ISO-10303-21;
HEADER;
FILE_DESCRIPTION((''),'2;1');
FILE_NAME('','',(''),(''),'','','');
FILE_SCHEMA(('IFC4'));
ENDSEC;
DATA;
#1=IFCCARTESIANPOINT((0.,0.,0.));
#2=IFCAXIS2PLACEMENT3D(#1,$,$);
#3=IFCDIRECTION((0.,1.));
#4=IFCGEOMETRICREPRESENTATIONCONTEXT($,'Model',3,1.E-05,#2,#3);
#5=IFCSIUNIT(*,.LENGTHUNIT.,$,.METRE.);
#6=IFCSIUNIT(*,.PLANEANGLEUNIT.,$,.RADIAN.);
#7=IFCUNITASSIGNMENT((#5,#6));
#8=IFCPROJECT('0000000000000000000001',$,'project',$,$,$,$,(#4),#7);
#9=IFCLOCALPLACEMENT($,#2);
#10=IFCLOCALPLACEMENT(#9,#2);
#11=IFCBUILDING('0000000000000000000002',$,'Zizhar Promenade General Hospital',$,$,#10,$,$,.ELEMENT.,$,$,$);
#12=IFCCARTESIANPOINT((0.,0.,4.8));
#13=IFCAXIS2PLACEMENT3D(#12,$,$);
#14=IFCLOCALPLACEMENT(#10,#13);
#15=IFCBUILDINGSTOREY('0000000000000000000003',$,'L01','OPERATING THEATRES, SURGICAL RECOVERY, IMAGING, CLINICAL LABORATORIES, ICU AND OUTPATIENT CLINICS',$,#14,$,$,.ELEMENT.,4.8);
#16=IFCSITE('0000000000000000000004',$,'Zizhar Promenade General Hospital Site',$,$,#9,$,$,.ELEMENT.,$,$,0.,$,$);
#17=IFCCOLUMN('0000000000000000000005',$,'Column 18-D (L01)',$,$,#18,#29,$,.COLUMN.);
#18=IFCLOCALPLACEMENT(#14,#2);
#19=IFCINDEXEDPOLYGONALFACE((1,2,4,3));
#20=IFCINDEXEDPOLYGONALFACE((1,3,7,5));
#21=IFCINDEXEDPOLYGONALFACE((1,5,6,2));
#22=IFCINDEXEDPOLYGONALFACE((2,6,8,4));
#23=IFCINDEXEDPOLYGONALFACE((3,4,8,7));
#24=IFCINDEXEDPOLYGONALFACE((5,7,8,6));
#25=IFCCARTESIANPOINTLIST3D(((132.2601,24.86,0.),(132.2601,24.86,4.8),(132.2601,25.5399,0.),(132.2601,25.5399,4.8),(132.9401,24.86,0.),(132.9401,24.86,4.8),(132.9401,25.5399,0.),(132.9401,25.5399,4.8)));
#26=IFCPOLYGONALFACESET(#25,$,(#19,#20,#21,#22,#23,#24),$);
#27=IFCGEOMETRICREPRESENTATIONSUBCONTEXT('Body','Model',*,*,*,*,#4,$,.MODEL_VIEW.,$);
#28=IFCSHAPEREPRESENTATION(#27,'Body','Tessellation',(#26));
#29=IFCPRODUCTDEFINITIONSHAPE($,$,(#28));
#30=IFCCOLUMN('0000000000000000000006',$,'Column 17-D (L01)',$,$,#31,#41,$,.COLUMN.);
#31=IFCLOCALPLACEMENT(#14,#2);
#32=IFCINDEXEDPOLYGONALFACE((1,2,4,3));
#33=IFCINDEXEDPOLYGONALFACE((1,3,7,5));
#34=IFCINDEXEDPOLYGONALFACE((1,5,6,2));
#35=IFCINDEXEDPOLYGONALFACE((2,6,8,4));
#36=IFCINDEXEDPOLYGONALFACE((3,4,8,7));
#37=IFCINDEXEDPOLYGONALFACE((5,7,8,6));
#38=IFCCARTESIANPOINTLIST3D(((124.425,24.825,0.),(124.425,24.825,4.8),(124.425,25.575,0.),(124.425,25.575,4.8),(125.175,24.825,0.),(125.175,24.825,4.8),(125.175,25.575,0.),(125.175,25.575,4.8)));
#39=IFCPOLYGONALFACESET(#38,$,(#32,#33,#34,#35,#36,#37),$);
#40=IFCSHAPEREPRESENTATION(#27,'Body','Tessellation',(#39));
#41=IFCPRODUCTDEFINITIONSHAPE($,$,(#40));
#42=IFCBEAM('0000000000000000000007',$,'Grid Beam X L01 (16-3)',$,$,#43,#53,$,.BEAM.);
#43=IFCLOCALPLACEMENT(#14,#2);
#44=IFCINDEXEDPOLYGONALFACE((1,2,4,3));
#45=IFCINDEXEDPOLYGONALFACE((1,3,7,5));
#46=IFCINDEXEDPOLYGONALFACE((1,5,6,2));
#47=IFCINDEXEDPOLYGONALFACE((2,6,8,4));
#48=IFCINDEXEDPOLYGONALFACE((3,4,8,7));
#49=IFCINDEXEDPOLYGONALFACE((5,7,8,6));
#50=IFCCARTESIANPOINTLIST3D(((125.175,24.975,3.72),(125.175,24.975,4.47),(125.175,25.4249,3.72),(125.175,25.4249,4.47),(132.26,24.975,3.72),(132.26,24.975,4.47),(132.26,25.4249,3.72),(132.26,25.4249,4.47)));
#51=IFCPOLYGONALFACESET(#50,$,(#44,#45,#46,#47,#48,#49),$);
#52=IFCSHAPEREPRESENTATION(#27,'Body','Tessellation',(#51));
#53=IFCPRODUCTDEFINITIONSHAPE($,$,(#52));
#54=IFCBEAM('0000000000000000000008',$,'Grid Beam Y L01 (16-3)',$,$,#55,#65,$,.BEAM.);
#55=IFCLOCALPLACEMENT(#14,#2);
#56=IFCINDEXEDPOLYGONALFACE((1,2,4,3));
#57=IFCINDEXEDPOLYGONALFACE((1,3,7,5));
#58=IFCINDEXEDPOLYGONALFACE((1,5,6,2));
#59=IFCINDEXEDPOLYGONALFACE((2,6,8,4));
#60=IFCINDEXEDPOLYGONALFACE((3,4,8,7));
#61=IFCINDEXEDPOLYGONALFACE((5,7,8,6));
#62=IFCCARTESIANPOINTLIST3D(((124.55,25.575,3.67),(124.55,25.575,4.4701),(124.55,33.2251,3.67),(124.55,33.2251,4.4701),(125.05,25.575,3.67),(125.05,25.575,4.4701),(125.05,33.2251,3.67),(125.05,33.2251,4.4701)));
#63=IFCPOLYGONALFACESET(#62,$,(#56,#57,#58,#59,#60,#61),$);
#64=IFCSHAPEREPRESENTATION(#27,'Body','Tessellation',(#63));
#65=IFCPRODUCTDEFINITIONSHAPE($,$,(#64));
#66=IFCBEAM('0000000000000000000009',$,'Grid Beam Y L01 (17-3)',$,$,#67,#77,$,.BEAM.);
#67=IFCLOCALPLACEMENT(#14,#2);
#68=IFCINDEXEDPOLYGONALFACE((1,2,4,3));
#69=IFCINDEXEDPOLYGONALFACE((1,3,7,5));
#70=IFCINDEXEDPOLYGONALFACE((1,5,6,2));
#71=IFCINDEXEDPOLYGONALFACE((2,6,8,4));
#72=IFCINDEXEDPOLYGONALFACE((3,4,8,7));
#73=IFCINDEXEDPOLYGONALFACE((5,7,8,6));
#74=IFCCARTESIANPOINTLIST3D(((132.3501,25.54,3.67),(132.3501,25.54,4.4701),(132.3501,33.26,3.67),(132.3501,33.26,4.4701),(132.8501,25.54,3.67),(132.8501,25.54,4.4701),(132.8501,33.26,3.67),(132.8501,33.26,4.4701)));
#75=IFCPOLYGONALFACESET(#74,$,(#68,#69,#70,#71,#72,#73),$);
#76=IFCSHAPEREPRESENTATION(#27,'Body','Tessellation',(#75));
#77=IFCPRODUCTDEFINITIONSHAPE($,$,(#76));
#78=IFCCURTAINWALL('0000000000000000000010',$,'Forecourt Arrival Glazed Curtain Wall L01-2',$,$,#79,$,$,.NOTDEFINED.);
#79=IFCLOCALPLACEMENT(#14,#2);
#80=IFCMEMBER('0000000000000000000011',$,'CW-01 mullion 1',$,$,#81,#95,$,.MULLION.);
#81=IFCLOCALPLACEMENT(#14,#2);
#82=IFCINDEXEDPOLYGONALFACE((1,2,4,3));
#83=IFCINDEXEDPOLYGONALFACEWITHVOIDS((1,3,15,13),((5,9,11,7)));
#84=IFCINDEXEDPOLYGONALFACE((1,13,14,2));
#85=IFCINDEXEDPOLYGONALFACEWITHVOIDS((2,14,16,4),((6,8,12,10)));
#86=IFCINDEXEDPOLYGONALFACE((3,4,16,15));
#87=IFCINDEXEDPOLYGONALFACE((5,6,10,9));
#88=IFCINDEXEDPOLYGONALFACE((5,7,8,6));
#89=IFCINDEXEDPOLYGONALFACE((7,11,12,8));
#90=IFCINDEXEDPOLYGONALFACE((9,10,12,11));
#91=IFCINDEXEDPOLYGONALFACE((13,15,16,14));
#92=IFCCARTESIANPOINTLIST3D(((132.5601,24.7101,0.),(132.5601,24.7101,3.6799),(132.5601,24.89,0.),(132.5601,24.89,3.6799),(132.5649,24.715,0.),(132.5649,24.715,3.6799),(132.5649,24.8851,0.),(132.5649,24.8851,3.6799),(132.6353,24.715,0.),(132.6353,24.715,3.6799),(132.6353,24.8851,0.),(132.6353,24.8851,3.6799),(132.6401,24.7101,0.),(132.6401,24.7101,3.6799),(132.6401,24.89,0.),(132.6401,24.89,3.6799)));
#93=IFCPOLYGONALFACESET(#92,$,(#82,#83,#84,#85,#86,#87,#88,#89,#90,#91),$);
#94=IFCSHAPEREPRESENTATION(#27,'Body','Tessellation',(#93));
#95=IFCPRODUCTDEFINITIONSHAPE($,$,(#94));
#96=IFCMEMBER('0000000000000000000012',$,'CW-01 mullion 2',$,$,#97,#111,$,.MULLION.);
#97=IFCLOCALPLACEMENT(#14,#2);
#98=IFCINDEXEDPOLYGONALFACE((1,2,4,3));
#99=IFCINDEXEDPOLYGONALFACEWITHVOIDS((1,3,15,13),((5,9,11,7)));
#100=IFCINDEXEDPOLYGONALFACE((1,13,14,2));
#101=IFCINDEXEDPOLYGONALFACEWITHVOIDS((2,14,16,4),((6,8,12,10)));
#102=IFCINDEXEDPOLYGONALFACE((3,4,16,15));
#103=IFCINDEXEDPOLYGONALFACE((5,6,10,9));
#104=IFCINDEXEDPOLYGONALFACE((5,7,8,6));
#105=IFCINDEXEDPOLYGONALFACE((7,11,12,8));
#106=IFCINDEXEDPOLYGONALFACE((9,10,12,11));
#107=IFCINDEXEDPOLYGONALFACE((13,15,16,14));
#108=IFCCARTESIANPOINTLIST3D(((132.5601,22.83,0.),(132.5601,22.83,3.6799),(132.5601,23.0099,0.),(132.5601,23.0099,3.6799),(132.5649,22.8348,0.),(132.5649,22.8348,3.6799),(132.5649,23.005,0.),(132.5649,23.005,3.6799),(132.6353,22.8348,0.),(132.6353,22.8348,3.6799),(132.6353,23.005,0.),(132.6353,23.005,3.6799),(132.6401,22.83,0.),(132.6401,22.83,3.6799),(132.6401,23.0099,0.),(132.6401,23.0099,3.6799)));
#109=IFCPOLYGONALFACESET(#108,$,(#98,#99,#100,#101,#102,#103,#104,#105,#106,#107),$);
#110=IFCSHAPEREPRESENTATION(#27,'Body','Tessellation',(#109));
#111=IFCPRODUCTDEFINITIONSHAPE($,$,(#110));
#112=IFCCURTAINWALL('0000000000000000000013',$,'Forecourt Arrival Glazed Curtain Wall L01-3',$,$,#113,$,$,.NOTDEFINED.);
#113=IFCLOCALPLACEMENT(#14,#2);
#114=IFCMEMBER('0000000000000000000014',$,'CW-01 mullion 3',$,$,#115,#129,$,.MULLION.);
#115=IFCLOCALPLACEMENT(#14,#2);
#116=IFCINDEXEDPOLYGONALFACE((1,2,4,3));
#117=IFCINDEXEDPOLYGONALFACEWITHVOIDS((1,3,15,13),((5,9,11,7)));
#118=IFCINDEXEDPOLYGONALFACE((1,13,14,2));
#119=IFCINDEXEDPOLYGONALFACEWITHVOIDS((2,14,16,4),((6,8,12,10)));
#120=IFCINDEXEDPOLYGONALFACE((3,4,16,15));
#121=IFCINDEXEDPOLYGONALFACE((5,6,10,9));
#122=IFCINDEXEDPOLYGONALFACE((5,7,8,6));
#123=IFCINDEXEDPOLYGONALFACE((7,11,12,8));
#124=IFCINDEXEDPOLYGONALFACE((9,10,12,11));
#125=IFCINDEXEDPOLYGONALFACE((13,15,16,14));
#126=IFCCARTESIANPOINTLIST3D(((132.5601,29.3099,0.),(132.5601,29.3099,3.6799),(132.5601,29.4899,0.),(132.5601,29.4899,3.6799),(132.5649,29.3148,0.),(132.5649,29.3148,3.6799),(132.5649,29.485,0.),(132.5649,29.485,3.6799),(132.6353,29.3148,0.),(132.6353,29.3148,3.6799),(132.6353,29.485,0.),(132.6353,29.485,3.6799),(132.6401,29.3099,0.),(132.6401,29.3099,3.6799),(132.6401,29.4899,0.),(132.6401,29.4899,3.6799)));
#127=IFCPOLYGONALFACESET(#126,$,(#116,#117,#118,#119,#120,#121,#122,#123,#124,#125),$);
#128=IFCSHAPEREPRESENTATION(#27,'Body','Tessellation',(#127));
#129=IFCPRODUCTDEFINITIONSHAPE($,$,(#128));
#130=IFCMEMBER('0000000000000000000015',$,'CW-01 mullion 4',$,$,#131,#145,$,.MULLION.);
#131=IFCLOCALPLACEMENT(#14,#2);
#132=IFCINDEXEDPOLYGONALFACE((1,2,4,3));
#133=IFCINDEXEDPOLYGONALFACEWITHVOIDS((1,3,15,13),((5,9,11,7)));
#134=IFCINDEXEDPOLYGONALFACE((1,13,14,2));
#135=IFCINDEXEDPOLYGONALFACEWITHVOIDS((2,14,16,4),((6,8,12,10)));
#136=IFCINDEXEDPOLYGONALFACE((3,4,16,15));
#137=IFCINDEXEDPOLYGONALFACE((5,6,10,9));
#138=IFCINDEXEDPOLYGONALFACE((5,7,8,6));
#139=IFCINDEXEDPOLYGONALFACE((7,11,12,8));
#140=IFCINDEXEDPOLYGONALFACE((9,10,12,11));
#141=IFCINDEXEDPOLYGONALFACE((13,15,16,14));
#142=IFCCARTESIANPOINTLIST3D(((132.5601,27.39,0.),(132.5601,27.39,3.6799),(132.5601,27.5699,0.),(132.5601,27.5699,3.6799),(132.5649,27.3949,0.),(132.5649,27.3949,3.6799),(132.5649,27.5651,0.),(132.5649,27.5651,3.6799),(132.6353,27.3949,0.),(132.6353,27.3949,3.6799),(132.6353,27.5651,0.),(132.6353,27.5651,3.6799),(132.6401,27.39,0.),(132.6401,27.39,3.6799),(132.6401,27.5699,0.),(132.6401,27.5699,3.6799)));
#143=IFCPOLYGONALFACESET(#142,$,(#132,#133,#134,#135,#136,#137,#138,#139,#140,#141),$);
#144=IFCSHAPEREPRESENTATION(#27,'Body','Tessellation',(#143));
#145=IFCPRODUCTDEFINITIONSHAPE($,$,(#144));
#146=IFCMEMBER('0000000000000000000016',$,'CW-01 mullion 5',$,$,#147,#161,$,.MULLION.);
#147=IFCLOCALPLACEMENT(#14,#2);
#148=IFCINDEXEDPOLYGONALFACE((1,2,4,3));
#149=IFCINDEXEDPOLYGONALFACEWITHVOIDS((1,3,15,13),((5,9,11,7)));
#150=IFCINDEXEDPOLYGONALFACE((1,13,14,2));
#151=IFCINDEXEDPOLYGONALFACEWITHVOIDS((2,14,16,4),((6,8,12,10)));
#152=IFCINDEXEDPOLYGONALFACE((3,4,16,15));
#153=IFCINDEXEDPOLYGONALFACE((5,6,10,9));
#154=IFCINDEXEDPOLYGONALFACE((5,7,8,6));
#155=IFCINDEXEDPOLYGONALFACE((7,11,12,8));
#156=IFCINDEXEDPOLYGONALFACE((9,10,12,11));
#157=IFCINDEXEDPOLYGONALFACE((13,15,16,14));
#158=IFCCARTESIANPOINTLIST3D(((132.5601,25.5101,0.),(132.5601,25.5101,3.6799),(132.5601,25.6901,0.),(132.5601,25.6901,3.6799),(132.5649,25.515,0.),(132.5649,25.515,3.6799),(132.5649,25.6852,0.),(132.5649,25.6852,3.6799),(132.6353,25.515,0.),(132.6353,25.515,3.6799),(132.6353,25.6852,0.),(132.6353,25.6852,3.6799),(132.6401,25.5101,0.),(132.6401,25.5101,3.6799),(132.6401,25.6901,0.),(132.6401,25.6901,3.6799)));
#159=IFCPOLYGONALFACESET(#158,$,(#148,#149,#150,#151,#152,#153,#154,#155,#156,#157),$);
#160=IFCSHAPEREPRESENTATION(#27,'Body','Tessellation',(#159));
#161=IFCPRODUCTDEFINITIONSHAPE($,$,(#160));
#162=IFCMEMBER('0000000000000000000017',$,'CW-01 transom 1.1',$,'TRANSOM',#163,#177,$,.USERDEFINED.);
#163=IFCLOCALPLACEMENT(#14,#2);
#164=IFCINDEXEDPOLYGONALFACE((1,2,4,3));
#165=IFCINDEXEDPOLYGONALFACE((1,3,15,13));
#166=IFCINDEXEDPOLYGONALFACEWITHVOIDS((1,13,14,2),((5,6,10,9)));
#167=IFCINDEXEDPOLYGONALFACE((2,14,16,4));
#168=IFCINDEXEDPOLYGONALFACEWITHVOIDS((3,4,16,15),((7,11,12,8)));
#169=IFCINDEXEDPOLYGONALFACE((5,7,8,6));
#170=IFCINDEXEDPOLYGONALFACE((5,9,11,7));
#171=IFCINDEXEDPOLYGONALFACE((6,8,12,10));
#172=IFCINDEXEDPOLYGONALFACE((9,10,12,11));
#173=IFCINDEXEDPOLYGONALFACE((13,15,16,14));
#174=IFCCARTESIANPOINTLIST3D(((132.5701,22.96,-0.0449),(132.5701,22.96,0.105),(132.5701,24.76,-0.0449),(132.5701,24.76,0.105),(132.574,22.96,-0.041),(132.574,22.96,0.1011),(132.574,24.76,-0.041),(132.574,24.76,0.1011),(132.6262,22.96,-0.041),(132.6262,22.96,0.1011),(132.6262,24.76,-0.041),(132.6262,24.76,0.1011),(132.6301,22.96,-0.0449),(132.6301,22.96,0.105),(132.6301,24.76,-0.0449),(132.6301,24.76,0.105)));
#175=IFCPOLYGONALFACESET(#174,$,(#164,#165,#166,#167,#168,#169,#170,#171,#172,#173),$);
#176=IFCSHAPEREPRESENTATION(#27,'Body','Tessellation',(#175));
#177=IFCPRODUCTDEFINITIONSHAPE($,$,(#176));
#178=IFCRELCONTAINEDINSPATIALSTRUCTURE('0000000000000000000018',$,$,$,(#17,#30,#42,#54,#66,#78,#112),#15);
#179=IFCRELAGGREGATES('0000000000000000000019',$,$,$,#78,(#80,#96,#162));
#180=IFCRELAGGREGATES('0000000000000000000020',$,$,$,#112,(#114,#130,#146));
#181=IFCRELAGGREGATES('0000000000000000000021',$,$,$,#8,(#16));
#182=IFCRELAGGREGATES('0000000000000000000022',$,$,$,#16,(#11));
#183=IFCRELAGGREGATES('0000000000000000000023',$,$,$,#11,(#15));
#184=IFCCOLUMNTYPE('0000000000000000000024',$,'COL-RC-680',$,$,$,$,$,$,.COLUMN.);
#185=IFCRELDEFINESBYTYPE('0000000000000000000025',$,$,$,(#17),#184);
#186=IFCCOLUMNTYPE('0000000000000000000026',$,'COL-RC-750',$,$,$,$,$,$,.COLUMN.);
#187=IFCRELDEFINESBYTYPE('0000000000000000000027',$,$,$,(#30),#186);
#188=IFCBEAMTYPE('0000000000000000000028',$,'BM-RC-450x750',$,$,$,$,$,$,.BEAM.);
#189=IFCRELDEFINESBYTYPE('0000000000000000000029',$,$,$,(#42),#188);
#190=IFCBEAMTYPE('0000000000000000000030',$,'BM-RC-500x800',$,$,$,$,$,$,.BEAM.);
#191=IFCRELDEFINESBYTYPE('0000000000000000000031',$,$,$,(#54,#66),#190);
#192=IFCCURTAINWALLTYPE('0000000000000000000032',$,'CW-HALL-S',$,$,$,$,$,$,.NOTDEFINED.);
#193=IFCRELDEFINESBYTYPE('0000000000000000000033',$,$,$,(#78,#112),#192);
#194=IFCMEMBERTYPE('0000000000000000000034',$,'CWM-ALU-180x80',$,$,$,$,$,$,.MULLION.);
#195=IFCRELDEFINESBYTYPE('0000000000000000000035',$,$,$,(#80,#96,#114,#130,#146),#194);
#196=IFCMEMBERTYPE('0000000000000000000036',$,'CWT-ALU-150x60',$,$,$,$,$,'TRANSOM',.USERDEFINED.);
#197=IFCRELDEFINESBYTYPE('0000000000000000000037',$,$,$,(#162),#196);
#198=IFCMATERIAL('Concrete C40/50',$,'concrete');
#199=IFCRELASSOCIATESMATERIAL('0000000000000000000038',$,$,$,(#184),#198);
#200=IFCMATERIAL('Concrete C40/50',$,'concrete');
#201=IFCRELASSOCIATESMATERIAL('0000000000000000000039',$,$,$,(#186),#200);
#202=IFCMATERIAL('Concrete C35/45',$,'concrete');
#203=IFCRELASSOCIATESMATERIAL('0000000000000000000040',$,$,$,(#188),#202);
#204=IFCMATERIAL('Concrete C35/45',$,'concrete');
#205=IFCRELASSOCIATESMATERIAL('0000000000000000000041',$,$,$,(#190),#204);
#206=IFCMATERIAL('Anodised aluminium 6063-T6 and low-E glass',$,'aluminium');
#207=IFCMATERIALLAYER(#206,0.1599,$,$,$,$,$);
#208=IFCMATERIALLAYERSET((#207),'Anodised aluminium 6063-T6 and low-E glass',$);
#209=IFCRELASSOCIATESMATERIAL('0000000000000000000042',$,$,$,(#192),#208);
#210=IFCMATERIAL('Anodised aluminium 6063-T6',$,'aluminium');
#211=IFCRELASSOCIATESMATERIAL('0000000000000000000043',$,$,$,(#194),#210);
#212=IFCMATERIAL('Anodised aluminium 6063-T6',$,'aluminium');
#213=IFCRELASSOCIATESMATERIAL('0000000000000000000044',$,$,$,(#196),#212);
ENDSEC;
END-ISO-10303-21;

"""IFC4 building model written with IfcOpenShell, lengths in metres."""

from ifc_helpers import new_model, si_unit, direction, frame, origin, origin_2d, place, context, subcontext, project, spatial, rectangle, hollow_rectangle, extrude, material, layer, layer_set, material_profile, profile_set, type_object, element, aggregate, save


model = new_model("IFC4")

# Units and contexts
model_context = context("Model", 3, precision=1e-05, world=origin(), true_north=direction((0.0, 1.0)))
body_context = subcontext(model_context, "Body", "Model", "MODEL_VIEW")
ifc_project = project(units=[si_unit("LENGTHUNIT", "METRE"), si_unit("PLANEANGLEUNIT", "RADIAN")], contexts=[model_context])

# Site, building, storey
site_placement = place(None, origin())
site = spatial("IfcSite", under=ifc_project, at=site_placement, Name="Zizhar Promenade General Hospital Site", CompositionType="ELEMENT", RefElevation=0.0)
building_placement = place(site_placement, origin())
building = spatial("IfcBuilding", under=site, at=building_placement, Name="Zizhar Promenade General Hospital", CompositionType="ELEMENT")
storey_placement = place(building_placement, frame((0.0, 0.0, 4.8)))
storey = spatial("IfcBuildingStorey", under=building, at=storey_placement, Name="L01", Description="OPERATING THEATRES, SURGICAL RECOVERY, IMAGING, CLINICAL LABORATORIES, ICU AND OUTPATIENT CLINICS", CompositionType="ELEMENT", Elevation=4.8)

# Columns
ifc_material_1 = material(Name="Concrete C40/50", Category="concrete")
ifc_material_profile_1 = material_profile(ifc_material_1, rectangle(XDim=0.6799, YDim=0.6799, at=origin_2d()))
ifc_profile_set_1 = profile_set([ifc_material_profile_1], Name="Concrete C40/50")
column_type_1 = type_object("IfcColumnType", Name="COL-RC-680", PredefinedType="COLUMN", material=ifc_profile_set_1)
column_1_placement = place(storey_placement, frame((132.6001, 25.2, 0.0), z_axis=(0.0, 0.0, 1.0), x_axis=(1.0, 0.0, 0.0)))
element("IfcColumn", 1, at=column_1_placement, inside=storey, type_object=column_type_1, Name="Column 18-D (L01)", PredefinedType="COLUMN", context=body_context, shape_type="SweptSolid", body=[
    extrude(rectangle(XDim=0.6799, YDim=0.6799, at=origin_2d()), origin(), (0.0, 0.0, 1.0), 4.8),
])
ifc_material_2 = material(Name="Concrete C40/50", Category="concrete")
ifc_material_profile_2 = material_profile(ifc_material_2, rectangle(XDim=0.75, YDim=0.75, at=origin_2d()))
ifc_profile_set_2 = profile_set([ifc_material_profile_2], Name="Concrete C40/50")
column_type_2 = type_object("IfcColumnType", Name="COL-RC-750", PredefinedType="COLUMN", material=ifc_profile_set_2)
column_2_placement = place(storey_placement, frame((124.8, 25.2, 0.0), z_axis=(0.0, 0.0, 1.0), x_axis=(1.0, 0.0, 0.0)))
element("IfcColumn", 2, at=column_2_placement, inside=storey, type_object=column_type_2, Name="Column 17-D (L01)", PredefinedType="COLUMN", context=body_context, shape_type="SweptSolid", body=[
    extrude(rectangle(XDim=0.75, YDim=0.75, at=origin_2d()), origin(), (0.0, 0.0, 1.0), 4.8),
])

# Beams
ifc_material_3 = material(Name="Concrete C35/45", Category="concrete")
ifc_material_profile_3 = material_profile(ifc_material_3, rectangle(XDim=0.45, YDim=0.75, at=origin_2d()))
ifc_profile_set_3 = profile_set([ifc_material_profile_3], Name="Concrete C35/45")
beam_type_1 = type_object("IfcBeamType", Name="BM-RC-450x750", PredefinedType="BEAM", material=ifc_profile_set_3)
beam_1_placement = place(storey_placement, frame((125.175, 25.2, 4.095), z_axis=(1.0, 0.0, 0.0), x_axis=(0.0, 1.0, 0.0)))
element("IfcBeam", 3, at=beam_1_placement, inside=storey, type_object=beam_type_1, Name="Grid Beam X L01 (16-3)", PredefinedType="BEAM", context=body_context, shape_type="SweptSolid", body=[
    extrude(rectangle(XDim=0.45, YDim=0.75, at=origin_2d()), origin(), (0.0, 0.0, 1.0), 7.085),
])
ifc_material_4 = material(Name="Concrete C35/45", Category="concrete")
ifc_material_profile_4 = material_profile(ifc_material_4, rectangle(XDim=0.5, YDim=0.8, at=origin_2d()))
ifc_profile_set_4 = profile_set([ifc_material_profile_4], Name="Concrete C35/45")
beam_type_2 = type_object("IfcBeamType", Name="BM-RC-500x800", PredefinedType="BEAM", material=ifc_profile_set_4)
beam_2_placement = place(storey_placement, frame((124.8, 25.575, 4.0701), z_axis=(0.0, 1.0, 0.0), x_axis=(-1.0, 0.0, 0.0)))
element("IfcBeam", 4, at=beam_2_placement, inside=storey, type_object=beam_type_2, Name="Grid Beam Y L01 (16-3)", PredefinedType="BEAM", context=body_context, shape_type="SweptSolid", body=[
    extrude(rectangle(XDim=0.5, YDim=0.8, at=origin_2d()), origin(), (0.0, 0.0, 1.0), 7.6501),
])
beam_3_placement = place(storey_placement, frame((132.6001, 25.54, 4.0701), z_axis=(0.0, 1.0, 0.0), x_axis=(-1.0, 0.0, 0.0)))
element("IfcBeam", 5, at=beam_3_placement, inside=storey, type_object=beam_type_2, Name="Grid Beam Y L01 (17-3)", PredefinedType="BEAM", context=body_context, shape_type="SweptSolid", body=[
    extrude(rectangle(XDim=0.5, YDim=0.8, at=origin_2d()), origin(), (0.0, 0.0, 1.0), 7.72),
])

# Curtain walls, members
ifc_material_5 = material(Name="Anodised aluminium 6063-T6 and low-E glass", Category="aluminium")
ifc_layer_1 = layer(ifc_material_5, 0.1599)
ifc_layer_set_1 = layer_set([ifc_layer_1], Name="Anodised aluminium 6063-T6 and low-E glass")
curtain_wall_type = type_object("IfcCurtainWallType", Name="CW-HALL-S", PredefinedType="NOTDEFINED", material=ifc_layer_set_1)
curtain_wall_1_placement = place(storey_placement, origin())
curtain_wall_1 = element("IfcCurtainWall", 6, at=curtain_wall_1_placement, inside=storey, type_object=curtain_wall_type, Name="Forecourt Arrival Glazed Curtain Wall L01-2", PredefinedType="NOTDEFINED")
ifc_material_6 = material(Name="Anodised aluminium 6063-T6", Category="aluminium")
ifc_material_profile_5 = material_profile(ifc_material_6, hollow_rectangle(XDim=0.0801, YDim=0.1799, WallThickness=0.0049, at=origin_2d()))
ifc_profile_set_5 = profile_set([ifc_material_profile_5], Name="Anodised aluminium 6063-T6")
member_type_1 = type_object("IfcMemberType", Name="CWM-ALU-180x80", PredefinedType="MULLION", material=ifc_profile_set_5)
member_1_placement = place(storey_placement, frame((132.6001, 24.8, 0.0), z_axis=(0.0, 0.0, 1.0), x_axis=(1.0, 0.0, 0.0)))
member_1 = element("IfcMember", 7, at=member_1_placement, type_object=member_type_1, Name="CW-01 mullion 1", PredefinedType="MULLION", context=body_context, shape_type="SweptSolid", body=[
    extrude(hollow_rectangle(XDim=0.0801, YDim=0.1799, WallThickness=0.0049, at=origin_2d()), origin(), (0.0, 0.0, 1.0), 3.6799),
])
member_2_placement = place(storey_placement, frame((132.6001, 22.9199, 0.0), z_axis=(0.0, 0.0, 1.0), x_axis=(1.0, 0.0, 0.0)))
member_2 = element("IfcMember", 8, at=member_2_placement, type_object=member_type_1, Name="CW-01 mullion 2", PredefinedType="MULLION", context=body_context, shape_type="SweptSolid", body=[
    extrude(hollow_rectangle(XDim=0.0801, YDim=0.1799, WallThickness=0.0049, at=origin_2d()), origin(), (0.0, 0.0, 1.0), 3.6799),
])
curtain_wall_2_placement = place(storey_placement, origin())
curtain_wall_2 = element("IfcCurtainWall", 9, at=curtain_wall_2_placement, inside=storey, type_object=curtain_wall_type, Name="Forecourt Arrival Glazed Curtain Wall L01-3", PredefinedType="NOTDEFINED")
member_3_placement = place(storey_placement, frame((132.6001, 29.3999, 0.0), z_axis=(0.0, 0.0, 1.0), x_axis=(1.0, 0.0, 0.0)))
member_3 = element("IfcMember", 10, at=member_3_placement, type_object=member_type_1, Name="CW-01 mullion 3", PredefinedType="MULLION", context=body_context, shape_type="SweptSolid", body=[
    extrude(hollow_rectangle(XDim=0.0801, YDim=0.1799, WallThickness=0.0049, at=origin_2d()), origin(), (0.0, 0.0, 1.0), 3.6799),
])
member_4_placement = place(storey_placement, frame((132.6001, 27.48, 0.0), z_axis=(0.0, 0.0, 1.0), x_axis=(1.0, 0.0, 0.0)))
member_4 = element("IfcMember", 11, at=member_4_placement, type_object=member_type_1, Name="CW-01 mullion 4", PredefinedType="MULLION", context=body_context, shape_type="SweptSolid", body=[
    extrude(hollow_rectangle(XDim=0.0801, YDim=0.1799, WallThickness=0.0049, at=origin_2d()), origin(), (0.0, 0.0, 1.0), 3.6799),
])
member_5_placement = place(storey_placement, frame((132.6001, 25.6001, 0.0), z_axis=(0.0, 0.0, 1.0), x_axis=(1.0, 0.0, 0.0)))
member_5 = element("IfcMember", 12, at=member_5_placement, type_object=member_type_1, Name="CW-01 mullion 5", PredefinedType="MULLION", context=body_context, shape_type="SweptSolid", body=[
    extrude(hollow_rectangle(XDim=0.0801, YDim=0.1799, WallThickness=0.0049, at=origin_2d()), origin(), (0.0, 0.0, 1.0), 3.6799),
])

# Member
ifc_material_7 = material(Name="Anodised aluminium 6063-T6", Category="aluminium")
ifc_material_profile_6 = material_profile(ifc_material_7, hollow_rectangle(XDim=0.0601, YDim=0.1499, WallThickness=0.0039, at=origin_2d()))
ifc_profile_set_6 = profile_set([ifc_material_profile_6], Name="Anodised aluminium 6063-T6")
member_type_2 = type_object("IfcMemberType", Name="CWT-ALU-150x60", ElementType="TRANSOM", PredefinedType="USERDEFINED", material=ifc_profile_set_6)
member_6_placement = place(storey_placement, frame((132.6001, 24.76, 0.03), z_axis=(0.0, -1.0, 0.0), x_axis=(1.0, 0.0, 0.0)))
member_6 = element("IfcMember", 13, at=member_6_placement, type_object=member_type_2, Name="CW-01 transom 1.1", ObjectType="TRANSOM", PredefinedType="USERDEFINED", context=body_context, shape_type="SweptSolid", body=[
    extrude(hollow_rectangle(XDim=0.0601, YDim=0.1499, WallThickness=0.0039, at=origin_2d()), origin(), (0.0, 0.0, 1.0), 1.8),
])

aggregate(curtain_wall_1, [member_1, member_2, member_6])
aggregate(curtain_wall_2, [member_3, member_4, member_5])

save(model, "model.ifc")
